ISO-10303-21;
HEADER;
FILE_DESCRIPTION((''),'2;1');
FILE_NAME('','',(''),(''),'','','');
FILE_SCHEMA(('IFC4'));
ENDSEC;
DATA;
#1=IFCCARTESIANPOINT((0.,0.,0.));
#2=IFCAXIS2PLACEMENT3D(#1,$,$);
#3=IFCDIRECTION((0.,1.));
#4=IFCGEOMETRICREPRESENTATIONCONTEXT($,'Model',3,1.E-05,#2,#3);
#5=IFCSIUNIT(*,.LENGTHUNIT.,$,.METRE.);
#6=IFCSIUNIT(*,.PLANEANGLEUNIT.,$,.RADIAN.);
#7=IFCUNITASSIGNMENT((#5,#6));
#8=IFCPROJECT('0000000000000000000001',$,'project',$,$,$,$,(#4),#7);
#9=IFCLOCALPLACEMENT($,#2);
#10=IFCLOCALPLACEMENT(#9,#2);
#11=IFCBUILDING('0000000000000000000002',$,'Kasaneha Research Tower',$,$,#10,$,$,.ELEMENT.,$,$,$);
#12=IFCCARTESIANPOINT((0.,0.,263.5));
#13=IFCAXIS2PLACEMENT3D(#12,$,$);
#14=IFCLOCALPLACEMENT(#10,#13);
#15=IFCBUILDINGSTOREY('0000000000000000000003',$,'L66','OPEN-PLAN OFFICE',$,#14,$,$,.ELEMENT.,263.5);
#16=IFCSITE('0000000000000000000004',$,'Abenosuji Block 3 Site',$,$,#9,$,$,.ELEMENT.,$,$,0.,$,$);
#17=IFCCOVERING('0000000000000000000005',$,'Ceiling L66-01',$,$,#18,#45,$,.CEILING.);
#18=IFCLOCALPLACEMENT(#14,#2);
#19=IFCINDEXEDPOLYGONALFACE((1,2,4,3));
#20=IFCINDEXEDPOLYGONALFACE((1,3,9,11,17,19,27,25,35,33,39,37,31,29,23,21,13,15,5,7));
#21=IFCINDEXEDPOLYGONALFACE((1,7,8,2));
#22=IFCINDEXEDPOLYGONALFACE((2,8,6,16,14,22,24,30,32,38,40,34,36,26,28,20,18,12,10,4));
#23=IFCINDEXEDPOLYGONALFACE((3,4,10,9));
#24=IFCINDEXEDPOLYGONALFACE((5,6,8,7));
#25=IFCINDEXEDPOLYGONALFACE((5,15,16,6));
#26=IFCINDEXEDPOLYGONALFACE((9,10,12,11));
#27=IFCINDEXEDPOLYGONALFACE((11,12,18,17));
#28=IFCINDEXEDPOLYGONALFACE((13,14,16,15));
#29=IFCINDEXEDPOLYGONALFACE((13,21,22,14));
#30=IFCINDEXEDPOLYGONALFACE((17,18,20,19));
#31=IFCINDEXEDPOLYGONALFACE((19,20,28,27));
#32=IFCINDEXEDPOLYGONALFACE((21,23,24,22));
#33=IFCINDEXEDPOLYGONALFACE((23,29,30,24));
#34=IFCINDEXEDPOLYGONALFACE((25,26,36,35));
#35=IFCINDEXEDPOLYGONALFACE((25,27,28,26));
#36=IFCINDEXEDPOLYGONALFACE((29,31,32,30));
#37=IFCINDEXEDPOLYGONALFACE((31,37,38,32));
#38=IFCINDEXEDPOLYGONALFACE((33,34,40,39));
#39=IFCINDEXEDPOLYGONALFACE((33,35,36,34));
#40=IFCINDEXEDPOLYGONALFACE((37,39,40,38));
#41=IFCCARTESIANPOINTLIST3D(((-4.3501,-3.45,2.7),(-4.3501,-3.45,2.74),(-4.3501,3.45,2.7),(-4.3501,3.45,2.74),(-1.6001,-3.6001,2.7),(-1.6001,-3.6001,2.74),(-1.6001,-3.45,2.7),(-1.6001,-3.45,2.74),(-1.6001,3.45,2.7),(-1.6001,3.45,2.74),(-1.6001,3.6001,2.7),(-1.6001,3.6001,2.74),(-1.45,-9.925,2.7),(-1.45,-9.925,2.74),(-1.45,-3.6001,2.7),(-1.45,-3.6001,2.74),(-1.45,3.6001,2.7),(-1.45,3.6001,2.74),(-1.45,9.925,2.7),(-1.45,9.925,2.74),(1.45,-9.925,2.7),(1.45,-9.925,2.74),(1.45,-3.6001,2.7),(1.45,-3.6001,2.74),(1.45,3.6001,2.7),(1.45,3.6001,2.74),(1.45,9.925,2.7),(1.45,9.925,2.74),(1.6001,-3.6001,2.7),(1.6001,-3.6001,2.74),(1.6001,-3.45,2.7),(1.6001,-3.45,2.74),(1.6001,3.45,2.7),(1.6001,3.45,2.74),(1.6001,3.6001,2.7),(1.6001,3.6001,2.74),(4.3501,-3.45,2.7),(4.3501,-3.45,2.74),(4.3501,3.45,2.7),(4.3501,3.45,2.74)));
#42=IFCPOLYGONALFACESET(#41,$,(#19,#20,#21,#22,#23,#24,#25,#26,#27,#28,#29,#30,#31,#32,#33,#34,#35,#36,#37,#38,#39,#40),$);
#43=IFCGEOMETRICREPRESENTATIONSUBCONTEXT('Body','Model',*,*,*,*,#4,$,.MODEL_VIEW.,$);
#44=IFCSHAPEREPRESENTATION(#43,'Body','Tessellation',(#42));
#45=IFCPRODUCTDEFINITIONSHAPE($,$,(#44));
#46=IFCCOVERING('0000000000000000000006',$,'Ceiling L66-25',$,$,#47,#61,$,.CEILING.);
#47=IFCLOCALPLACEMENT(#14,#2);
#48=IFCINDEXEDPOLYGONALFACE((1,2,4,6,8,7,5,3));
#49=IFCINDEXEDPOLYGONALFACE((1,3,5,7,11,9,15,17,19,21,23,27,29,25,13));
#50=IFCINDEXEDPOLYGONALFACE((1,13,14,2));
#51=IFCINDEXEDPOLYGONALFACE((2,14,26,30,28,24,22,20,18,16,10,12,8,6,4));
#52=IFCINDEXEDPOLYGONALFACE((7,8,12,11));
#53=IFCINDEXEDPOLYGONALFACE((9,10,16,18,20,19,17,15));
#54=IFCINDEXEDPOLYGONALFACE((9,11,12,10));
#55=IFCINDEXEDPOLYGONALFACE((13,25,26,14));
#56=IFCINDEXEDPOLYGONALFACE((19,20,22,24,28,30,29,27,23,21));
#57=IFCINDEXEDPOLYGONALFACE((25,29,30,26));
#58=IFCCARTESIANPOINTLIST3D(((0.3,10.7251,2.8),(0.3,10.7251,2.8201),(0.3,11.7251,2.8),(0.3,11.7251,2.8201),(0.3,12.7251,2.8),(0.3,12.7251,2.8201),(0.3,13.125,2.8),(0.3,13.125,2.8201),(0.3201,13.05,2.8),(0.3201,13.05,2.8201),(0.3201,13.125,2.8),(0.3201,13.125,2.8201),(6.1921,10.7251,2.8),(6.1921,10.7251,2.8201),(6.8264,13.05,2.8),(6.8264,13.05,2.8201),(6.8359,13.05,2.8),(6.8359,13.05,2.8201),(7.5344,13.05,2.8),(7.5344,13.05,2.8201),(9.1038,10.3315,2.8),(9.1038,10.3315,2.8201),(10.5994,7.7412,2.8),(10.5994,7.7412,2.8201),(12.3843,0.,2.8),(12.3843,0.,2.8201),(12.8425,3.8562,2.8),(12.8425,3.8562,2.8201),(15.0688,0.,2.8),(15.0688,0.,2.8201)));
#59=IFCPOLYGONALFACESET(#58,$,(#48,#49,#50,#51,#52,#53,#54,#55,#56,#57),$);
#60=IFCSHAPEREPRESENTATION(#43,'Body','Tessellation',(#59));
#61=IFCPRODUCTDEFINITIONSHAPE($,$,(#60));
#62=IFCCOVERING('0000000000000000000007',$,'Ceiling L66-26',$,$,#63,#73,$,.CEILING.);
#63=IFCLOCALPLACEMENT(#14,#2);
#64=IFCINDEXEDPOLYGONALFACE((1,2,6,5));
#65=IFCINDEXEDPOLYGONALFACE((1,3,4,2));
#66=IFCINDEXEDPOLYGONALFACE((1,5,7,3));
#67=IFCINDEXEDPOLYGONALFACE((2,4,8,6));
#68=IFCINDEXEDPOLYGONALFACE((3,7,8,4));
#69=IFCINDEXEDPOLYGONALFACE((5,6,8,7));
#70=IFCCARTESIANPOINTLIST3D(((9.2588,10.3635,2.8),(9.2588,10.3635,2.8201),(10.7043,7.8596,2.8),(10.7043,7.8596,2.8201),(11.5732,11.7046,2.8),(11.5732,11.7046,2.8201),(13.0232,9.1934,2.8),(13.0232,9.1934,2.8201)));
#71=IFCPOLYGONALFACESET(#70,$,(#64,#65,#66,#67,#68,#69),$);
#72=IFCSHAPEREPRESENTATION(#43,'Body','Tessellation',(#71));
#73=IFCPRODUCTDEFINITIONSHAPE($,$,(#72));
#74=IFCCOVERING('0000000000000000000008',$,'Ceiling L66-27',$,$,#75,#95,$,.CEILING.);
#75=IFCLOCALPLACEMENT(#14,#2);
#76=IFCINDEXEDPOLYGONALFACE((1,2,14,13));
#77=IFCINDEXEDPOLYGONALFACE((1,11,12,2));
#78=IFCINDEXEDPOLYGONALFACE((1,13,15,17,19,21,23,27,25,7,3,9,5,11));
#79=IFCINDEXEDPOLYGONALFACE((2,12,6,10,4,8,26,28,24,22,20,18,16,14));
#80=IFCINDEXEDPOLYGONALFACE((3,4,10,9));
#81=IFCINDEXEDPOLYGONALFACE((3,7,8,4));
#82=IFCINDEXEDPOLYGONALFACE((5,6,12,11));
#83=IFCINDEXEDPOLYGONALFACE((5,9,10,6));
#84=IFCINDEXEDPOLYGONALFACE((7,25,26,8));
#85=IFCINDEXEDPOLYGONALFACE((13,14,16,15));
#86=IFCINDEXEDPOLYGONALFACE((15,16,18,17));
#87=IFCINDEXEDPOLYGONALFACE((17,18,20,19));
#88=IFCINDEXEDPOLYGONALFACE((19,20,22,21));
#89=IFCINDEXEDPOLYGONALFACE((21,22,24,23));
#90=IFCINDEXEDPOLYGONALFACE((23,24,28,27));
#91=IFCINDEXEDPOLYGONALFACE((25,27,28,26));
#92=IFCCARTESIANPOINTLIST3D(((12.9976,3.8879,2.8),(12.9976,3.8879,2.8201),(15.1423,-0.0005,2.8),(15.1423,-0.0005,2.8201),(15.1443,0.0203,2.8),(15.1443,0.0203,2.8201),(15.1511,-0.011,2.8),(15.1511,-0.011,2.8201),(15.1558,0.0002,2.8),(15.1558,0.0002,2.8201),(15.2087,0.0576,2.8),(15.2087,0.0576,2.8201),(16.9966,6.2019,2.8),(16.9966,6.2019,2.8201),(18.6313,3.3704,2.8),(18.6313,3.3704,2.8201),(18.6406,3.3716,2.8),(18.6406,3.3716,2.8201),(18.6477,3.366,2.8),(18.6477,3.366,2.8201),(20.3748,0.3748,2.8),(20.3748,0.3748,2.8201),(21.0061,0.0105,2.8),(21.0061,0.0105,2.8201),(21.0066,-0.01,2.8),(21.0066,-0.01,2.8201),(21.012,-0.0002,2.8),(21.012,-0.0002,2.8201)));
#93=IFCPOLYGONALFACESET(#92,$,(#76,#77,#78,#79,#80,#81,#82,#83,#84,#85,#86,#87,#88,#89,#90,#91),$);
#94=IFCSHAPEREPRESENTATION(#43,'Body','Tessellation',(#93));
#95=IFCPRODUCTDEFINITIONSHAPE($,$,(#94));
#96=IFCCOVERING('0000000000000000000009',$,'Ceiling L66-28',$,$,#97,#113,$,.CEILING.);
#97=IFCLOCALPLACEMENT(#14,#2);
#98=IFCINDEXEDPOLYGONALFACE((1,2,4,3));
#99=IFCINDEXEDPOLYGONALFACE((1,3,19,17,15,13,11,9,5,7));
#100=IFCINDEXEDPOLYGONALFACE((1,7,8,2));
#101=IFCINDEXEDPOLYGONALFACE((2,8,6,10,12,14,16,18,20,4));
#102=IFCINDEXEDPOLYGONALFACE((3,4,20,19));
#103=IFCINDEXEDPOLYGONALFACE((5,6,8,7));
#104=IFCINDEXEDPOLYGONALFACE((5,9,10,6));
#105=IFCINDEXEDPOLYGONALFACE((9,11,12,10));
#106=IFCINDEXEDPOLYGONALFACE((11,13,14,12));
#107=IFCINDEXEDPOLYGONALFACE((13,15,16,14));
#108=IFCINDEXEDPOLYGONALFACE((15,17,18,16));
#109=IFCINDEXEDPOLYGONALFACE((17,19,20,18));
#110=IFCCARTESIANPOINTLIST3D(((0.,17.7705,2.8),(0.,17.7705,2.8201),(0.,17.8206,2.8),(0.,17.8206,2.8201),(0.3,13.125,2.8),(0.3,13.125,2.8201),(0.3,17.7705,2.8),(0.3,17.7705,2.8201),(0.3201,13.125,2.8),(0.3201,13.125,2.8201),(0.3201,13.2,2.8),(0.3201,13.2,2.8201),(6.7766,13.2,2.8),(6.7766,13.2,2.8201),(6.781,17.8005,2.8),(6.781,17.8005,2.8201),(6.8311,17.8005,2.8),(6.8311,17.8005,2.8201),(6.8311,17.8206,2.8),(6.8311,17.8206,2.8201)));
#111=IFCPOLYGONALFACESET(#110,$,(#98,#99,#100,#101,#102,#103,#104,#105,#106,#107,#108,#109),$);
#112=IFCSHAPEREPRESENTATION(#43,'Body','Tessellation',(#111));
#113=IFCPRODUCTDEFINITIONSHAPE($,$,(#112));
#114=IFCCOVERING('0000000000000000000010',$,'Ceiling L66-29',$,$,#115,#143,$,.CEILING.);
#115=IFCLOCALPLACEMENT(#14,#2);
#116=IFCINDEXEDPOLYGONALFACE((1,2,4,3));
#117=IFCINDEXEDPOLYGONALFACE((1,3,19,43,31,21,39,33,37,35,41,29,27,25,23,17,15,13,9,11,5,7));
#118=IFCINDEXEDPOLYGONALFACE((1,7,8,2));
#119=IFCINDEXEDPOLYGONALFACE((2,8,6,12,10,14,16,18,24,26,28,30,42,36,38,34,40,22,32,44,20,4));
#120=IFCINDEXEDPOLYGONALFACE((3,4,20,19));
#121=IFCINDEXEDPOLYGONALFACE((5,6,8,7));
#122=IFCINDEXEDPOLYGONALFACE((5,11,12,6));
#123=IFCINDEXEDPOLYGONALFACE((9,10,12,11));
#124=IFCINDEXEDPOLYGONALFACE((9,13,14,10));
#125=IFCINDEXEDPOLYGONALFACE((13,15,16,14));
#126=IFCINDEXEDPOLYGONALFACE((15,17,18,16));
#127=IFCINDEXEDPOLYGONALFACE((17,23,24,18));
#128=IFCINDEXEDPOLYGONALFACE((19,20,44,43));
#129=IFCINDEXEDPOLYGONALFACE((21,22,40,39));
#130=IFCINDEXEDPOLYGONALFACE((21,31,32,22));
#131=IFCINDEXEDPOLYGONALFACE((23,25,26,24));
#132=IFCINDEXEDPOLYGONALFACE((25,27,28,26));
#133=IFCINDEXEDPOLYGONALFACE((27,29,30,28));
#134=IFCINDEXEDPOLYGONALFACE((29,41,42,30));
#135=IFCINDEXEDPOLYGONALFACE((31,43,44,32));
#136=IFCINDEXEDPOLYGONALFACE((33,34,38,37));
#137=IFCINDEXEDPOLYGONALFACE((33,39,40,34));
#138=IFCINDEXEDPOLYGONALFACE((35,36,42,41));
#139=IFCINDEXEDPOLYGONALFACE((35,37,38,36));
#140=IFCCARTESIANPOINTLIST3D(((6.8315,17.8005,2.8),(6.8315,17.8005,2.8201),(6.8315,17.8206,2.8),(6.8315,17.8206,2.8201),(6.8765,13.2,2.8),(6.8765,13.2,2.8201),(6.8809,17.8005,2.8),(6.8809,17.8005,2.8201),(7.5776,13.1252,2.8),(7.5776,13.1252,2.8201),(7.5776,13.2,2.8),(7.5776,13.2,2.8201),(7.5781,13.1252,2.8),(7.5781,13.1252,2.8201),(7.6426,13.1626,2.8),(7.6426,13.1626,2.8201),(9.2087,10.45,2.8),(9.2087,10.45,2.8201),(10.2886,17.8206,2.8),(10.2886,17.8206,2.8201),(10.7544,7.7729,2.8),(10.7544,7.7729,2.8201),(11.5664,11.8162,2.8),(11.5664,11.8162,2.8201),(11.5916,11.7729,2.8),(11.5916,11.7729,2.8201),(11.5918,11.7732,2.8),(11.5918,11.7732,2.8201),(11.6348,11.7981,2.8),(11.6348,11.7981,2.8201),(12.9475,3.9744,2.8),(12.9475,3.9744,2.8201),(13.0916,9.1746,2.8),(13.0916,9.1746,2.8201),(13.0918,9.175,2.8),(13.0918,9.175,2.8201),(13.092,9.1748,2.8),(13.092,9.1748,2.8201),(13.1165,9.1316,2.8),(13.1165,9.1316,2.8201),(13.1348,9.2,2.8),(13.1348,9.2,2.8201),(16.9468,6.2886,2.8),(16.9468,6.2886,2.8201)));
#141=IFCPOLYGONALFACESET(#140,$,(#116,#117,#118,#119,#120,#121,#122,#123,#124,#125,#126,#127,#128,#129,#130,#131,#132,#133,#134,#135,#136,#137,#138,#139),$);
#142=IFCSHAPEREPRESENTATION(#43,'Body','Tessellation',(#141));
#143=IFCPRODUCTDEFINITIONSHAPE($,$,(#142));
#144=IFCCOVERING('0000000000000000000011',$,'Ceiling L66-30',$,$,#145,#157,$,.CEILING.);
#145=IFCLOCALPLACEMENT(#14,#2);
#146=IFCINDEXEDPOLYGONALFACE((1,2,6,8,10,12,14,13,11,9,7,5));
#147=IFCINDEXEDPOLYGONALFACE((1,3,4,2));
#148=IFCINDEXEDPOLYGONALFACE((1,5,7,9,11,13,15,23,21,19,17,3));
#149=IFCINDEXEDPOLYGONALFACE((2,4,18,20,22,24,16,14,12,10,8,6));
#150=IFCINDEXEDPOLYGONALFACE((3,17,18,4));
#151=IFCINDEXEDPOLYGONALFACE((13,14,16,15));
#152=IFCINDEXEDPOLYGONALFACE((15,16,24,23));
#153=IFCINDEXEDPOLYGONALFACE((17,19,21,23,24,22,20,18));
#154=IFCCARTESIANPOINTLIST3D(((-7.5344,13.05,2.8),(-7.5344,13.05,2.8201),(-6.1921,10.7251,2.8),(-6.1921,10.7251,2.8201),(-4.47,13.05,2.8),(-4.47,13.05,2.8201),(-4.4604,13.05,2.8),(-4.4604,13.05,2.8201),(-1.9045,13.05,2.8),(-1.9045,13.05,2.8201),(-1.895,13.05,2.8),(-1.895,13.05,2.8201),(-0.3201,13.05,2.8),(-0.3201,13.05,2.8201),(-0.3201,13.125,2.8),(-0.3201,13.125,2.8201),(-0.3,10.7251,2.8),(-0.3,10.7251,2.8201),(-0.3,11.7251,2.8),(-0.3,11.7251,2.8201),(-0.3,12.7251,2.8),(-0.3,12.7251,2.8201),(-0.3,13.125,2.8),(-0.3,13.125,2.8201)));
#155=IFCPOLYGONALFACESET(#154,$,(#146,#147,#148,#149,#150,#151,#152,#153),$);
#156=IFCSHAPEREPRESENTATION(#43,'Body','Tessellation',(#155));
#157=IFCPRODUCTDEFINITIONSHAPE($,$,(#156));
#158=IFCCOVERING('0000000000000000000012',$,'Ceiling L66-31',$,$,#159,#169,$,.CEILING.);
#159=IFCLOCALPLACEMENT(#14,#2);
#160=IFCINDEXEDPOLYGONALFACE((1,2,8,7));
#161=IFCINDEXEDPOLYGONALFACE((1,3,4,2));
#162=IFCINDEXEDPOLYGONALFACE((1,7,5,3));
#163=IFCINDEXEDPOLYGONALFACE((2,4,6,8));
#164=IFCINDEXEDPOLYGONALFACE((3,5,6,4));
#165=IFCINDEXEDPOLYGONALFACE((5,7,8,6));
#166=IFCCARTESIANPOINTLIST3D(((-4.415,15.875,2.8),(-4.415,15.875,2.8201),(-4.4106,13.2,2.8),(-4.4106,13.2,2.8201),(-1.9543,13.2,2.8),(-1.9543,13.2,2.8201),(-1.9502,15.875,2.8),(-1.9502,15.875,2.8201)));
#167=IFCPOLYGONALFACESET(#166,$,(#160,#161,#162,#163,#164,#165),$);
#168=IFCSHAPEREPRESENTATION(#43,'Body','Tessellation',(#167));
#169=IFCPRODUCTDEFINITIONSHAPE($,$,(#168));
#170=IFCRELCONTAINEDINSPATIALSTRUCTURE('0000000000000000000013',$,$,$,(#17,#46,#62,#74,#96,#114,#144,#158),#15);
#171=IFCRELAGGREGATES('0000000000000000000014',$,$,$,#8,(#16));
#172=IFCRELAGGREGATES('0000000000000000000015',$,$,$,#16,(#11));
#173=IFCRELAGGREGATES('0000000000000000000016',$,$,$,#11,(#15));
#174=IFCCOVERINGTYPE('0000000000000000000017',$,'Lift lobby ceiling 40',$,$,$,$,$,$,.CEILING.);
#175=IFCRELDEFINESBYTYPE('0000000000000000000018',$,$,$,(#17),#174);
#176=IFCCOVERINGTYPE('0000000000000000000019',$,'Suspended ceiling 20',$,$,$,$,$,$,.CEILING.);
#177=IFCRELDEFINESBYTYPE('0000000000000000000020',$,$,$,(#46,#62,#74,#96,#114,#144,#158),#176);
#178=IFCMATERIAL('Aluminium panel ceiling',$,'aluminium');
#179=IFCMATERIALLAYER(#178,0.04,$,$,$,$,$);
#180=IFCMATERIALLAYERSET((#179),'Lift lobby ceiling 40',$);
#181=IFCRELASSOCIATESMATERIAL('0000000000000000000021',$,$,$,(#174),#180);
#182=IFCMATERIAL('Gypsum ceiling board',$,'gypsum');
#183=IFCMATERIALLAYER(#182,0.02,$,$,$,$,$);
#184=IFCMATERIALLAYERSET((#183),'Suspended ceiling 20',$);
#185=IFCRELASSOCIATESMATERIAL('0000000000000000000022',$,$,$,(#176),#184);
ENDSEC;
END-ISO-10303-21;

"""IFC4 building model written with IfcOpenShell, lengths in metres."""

from ifc_helpers import new_model, si_unit, direction, frame, origin, place, context, subcontext, project, spatial, polyline, outline, extrude, material, layer, layer_set, type_object, element, save


model = new_model("IFC4")

# Units and contexts
model_context = context("Model", 3, precision=1e-05, world=origin(), true_north=direction((0.0, 1.0)))
body_context = subcontext(model_context, "Body", "Model", "MODEL_VIEW")
ifc_project = project(units=[si_unit("LENGTHUNIT", "METRE"), si_unit("PLANEANGLEUNIT", "RADIAN")], contexts=[model_context])

# Site, building, storey
site_placement = place(None, origin())
site = spatial("IfcSite", under=ifc_project, at=site_placement, Name="Abenosuji Block 3 Site", CompositionType="ELEMENT", RefElevation=0.0)
building_placement = place(site_placement, origin())
building = spatial("IfcBuilding", under=site, at=building_placement, Name="Kasaneha Research Tower", CompositionType="ELEMENT")
storey_placement = place(building_placement, frame((0.0, 0.0, 263.5)))
storey = spatial("IfcBuildingStorey", under=building, at=storey_placement, Name="L66", Description="OPEN-PLAN OFFICE", CompositionType="ELEMENT", Elevation=263.5)

# Coverings
ifc_material_1 = material(Name="Aluminium panel ceiling", Category="aluminium")
ifc_layer_1 = layer(ifc_material_1, 0.04)
ifc_layer_set_1 = layer_set([ifc_layer_1], Name="Lift lobby ceiling 40")
covering_type_1 = type_object("IfcCoveringType", Name="Lift lobby ceiling 40", PredefinedType="CEILING", material=ifc_layer_set_1)
covering_1_placement = place(storey_placement, frame((0.0, 0.0, 2.7)))
element("IfcCovering", 1, at=covering_1_placement, inside=storey, type_object=covering_type_1, Name="Ceiling L66-01", PredefinedType="CEILING", context=body_context, shape_type="SweptSolid", body=[
    extrude(outline(polyline([(1.45, 9.925), (1.45, 3.6001), (1.6001, 3.6001), (1.6001, 3.45), (4.3501, 3.45), (4.3501, -3.45), (1.6001, -3.45), (1.6001, -3.6001), (1.45, -3.6001), (1.45, -9.925), (-1.45, -9.925), (-1.45, -3.6001), (-1.6001, -3.6001), (-1.6001, -3.45), (-4.3501, -3.45), (-4.3501, 3.45), (-1.6001, 3.45), (-1.6001, 3.6001), (-1.45, 3.6001), (-1.45, 9.925), (1.45, 9.925)])), origin(), (0.0, 0.0, 1.0), 0.04),
])
ifc_material_2 = material(Name="Gypsum ceiling board", Category="gypsum")
ifc_layer_2 = layer(ifc_material_2, 0.02)
ifc_layer_set_2 = layer_set([ifc_layer_2], Name="Suspended ceiling 20")
covering_type_2 = type_object("IfcCoveringType", Name="Suspended ceiling 20", PredefinedType="CEILING", material=ifc_layer_set_2)
covering_2_placement = place(storey_placement, frame((0.0, 0.0, 2.8)))
element("IfcCovering", 2, at=covering_2_placement, inside=storey, type_object=covering_type_2, Name="Ceiling L66-25", PredefinedType="CEILING", context=body_context, shape_type="SweptSolid", body=[
    extrude(outline(polyline([(6.1921, 10.7251), (0.3, 10.7251), (0.3, 11.7251), (0.3, 12.7251), (0.3, 13.125), (0.3201, 13.125), (0.3201, 13.05), (6.8264, 13.05), (6.8359, 13.05), (7.5344, 13.05), (9.1038, 10.3315), (9.1038, 10.3315), (10.5994, 7.7412), (10.5994, 7.7412), (12.8425, 3.8562), (12.8425, 3.8562), (15.0688, 0.0), (12.3843, 0.0), (6.1921, 10.7251)])), origin(), (0.0, 0.0, 1.0), 0.02),
])
covering_3_placement = place(storey_placement, frame((0.0, 0.0, 2.8)))
element("IfcCovering", 3, at=covering_3_placement, inside=storey, type_object=covering_type_2, Name="Ceiling L66-26", PredefinedType="CEILING", context=body_context, shape_type="SweptSolid", body=[
    extrude(outline(polyline([(11.5732, 11.7046), (13.0232, 9.1934), (10.7043, 7.8596), (9.2588, 10.3635), (11.5732, 11.7046)])), origin(), (0.0, 0.0, 1.0), 0.02),
])
covering_4_placement = place(storey_placement, frame((0.0, 0.0, 2.8)))
element("IfcCovering", 4, at=covering_4_placement, inside=storey, type_object=covering_type_2, Name="Ceiling L66-27", PredefinedType="CEILING", context=body_context, shape_type="SweptSolid", body=[
    extrude(outline(polyline([(18.6477, 3.366), (20.3748, 0.3748), (21.0061, 0.0105), (21.012, -0.0002), (21.0066, -0.01), (15.1511, -0.011), (15.1423, -0.0005), (15.1558, 0.0002), (15.1443, 0.0203), (15.2087, 0.0576), (12.9976, 3.8879), (16.9966, 6.2019), (18.6313, 3.3704), (18.6406, 3.3716), (18.6477, 3.366)])), origin(), (0.0, 0.0, 1.0), 0.02),
])
covering_5_placement = place(storey_placement, frame((0.0, 0.0, 2.8)))
element("IfcCovering", 5, at=covering_5_placement, inside=storey, type_object=covering_type_2, Name="Ceiling L66-28", PredefinedType="CEILING", context=body_context, shape_type="SweptSolid", body=[
    extrude(outline(polyline([(6.8311, 17.8206), (6.8311, 17.8005), (6.781, 17.8005), (6.7766, 13.2), (0.3201, 13.2), (0.3201, 13.125), (0.3, 13.125), (0.3, 17.7705), (0.3, 17.7705), (0.0, 17.7705), (0.0, 17.8206), (6.8311, 17.8206)])), origin(), (0.0, 0.0, 1.0), 0.02),
])
covering_6_placement = place(storey_placement, frame((0.0, 0.0, 2.8)))
element("IfcCovering", 6, at=covering_6_placement, inside=storey, type_object=covering_type_2, Name="Ceiling L66-29", PredefinedType="CEILING", context=body_context, shape_type="SweptSolid", body=[
    extrude(outline(polyline([(13.092, 9.1748), (13.0918, 9.175), (13.1348, 9.2), (11.6348, 11.7981), (11.5918, 11.7732), (11.5918, 11.7732), (11.5916, 11.7729), (11.5664, 11.8162), (9.2087, 10.45), (7.6426, 13.1626), (7.5781, 13.1252), (7.5781, 13.1252), (7.5776, 13.1252), (7.5776, 13.2), (6.8765, 13.2), (6.8809, 17.8005), (6.8315, 17.8005), (6.8315, 17.8206), (10.2886, 17.8206), (16.9468, 6.2886), (12.9475, 3.9744), (10.7544, 7.7729), (13.1165, 9.1316), (13.0916, 9.1746), (13.092, 9.1748)])), origin(), (0.0, 0.0, 1.0), 0.02),
])
covering_7_placement = place(storey_placement, frame((0.0, 0.0, 2.8)))
element("IfcCovering", 7, at=covering_7_placement, inside=storey, type_object=covering_type_2, Name="Ceiling L66-30", PredefinedType="CEILING", context=body_context, shape_type="SweptSolid", body=[
    extrude(outline(polyline([(-0.3, 11.7251), (-0.3, 10.7251), (-6.1921, 10.7251), (-7.5344, 13.05), (-4.47, 13.05), (-4.4604, 13.05), (-1.9045, 13.05), (-1.895, 13.05), (-0.3201, 13.05), (-0.3201, 13.125), (-0.3, 13.125), (-0.3, 12.7251), (-0.3, 11.7251)])), origin(), (0.0, 0.0, 1.0), 0.02),
])
covering_8_placement = place(storey_placement, frame((0.0, 0.0, 2.8)))
element("IfcCovering", 8, at=covering_8_placement, inside=storey, type_object=covering_type_2, Name="Ceiling L66-31", PredefinedType="CEILING", context=body_context, shape_type="SweptSolid", body=[
    extrude(outline(polyline([(-1.9543, 13.2), (-4.4106, 13.2), (-4.415, 15.875), (-1.9502, 15.875), (-1.9543, 13.2)])), origin(), (0.0, 0.0, 1.0), 0.02),
])

save(model, "model.ifc")
